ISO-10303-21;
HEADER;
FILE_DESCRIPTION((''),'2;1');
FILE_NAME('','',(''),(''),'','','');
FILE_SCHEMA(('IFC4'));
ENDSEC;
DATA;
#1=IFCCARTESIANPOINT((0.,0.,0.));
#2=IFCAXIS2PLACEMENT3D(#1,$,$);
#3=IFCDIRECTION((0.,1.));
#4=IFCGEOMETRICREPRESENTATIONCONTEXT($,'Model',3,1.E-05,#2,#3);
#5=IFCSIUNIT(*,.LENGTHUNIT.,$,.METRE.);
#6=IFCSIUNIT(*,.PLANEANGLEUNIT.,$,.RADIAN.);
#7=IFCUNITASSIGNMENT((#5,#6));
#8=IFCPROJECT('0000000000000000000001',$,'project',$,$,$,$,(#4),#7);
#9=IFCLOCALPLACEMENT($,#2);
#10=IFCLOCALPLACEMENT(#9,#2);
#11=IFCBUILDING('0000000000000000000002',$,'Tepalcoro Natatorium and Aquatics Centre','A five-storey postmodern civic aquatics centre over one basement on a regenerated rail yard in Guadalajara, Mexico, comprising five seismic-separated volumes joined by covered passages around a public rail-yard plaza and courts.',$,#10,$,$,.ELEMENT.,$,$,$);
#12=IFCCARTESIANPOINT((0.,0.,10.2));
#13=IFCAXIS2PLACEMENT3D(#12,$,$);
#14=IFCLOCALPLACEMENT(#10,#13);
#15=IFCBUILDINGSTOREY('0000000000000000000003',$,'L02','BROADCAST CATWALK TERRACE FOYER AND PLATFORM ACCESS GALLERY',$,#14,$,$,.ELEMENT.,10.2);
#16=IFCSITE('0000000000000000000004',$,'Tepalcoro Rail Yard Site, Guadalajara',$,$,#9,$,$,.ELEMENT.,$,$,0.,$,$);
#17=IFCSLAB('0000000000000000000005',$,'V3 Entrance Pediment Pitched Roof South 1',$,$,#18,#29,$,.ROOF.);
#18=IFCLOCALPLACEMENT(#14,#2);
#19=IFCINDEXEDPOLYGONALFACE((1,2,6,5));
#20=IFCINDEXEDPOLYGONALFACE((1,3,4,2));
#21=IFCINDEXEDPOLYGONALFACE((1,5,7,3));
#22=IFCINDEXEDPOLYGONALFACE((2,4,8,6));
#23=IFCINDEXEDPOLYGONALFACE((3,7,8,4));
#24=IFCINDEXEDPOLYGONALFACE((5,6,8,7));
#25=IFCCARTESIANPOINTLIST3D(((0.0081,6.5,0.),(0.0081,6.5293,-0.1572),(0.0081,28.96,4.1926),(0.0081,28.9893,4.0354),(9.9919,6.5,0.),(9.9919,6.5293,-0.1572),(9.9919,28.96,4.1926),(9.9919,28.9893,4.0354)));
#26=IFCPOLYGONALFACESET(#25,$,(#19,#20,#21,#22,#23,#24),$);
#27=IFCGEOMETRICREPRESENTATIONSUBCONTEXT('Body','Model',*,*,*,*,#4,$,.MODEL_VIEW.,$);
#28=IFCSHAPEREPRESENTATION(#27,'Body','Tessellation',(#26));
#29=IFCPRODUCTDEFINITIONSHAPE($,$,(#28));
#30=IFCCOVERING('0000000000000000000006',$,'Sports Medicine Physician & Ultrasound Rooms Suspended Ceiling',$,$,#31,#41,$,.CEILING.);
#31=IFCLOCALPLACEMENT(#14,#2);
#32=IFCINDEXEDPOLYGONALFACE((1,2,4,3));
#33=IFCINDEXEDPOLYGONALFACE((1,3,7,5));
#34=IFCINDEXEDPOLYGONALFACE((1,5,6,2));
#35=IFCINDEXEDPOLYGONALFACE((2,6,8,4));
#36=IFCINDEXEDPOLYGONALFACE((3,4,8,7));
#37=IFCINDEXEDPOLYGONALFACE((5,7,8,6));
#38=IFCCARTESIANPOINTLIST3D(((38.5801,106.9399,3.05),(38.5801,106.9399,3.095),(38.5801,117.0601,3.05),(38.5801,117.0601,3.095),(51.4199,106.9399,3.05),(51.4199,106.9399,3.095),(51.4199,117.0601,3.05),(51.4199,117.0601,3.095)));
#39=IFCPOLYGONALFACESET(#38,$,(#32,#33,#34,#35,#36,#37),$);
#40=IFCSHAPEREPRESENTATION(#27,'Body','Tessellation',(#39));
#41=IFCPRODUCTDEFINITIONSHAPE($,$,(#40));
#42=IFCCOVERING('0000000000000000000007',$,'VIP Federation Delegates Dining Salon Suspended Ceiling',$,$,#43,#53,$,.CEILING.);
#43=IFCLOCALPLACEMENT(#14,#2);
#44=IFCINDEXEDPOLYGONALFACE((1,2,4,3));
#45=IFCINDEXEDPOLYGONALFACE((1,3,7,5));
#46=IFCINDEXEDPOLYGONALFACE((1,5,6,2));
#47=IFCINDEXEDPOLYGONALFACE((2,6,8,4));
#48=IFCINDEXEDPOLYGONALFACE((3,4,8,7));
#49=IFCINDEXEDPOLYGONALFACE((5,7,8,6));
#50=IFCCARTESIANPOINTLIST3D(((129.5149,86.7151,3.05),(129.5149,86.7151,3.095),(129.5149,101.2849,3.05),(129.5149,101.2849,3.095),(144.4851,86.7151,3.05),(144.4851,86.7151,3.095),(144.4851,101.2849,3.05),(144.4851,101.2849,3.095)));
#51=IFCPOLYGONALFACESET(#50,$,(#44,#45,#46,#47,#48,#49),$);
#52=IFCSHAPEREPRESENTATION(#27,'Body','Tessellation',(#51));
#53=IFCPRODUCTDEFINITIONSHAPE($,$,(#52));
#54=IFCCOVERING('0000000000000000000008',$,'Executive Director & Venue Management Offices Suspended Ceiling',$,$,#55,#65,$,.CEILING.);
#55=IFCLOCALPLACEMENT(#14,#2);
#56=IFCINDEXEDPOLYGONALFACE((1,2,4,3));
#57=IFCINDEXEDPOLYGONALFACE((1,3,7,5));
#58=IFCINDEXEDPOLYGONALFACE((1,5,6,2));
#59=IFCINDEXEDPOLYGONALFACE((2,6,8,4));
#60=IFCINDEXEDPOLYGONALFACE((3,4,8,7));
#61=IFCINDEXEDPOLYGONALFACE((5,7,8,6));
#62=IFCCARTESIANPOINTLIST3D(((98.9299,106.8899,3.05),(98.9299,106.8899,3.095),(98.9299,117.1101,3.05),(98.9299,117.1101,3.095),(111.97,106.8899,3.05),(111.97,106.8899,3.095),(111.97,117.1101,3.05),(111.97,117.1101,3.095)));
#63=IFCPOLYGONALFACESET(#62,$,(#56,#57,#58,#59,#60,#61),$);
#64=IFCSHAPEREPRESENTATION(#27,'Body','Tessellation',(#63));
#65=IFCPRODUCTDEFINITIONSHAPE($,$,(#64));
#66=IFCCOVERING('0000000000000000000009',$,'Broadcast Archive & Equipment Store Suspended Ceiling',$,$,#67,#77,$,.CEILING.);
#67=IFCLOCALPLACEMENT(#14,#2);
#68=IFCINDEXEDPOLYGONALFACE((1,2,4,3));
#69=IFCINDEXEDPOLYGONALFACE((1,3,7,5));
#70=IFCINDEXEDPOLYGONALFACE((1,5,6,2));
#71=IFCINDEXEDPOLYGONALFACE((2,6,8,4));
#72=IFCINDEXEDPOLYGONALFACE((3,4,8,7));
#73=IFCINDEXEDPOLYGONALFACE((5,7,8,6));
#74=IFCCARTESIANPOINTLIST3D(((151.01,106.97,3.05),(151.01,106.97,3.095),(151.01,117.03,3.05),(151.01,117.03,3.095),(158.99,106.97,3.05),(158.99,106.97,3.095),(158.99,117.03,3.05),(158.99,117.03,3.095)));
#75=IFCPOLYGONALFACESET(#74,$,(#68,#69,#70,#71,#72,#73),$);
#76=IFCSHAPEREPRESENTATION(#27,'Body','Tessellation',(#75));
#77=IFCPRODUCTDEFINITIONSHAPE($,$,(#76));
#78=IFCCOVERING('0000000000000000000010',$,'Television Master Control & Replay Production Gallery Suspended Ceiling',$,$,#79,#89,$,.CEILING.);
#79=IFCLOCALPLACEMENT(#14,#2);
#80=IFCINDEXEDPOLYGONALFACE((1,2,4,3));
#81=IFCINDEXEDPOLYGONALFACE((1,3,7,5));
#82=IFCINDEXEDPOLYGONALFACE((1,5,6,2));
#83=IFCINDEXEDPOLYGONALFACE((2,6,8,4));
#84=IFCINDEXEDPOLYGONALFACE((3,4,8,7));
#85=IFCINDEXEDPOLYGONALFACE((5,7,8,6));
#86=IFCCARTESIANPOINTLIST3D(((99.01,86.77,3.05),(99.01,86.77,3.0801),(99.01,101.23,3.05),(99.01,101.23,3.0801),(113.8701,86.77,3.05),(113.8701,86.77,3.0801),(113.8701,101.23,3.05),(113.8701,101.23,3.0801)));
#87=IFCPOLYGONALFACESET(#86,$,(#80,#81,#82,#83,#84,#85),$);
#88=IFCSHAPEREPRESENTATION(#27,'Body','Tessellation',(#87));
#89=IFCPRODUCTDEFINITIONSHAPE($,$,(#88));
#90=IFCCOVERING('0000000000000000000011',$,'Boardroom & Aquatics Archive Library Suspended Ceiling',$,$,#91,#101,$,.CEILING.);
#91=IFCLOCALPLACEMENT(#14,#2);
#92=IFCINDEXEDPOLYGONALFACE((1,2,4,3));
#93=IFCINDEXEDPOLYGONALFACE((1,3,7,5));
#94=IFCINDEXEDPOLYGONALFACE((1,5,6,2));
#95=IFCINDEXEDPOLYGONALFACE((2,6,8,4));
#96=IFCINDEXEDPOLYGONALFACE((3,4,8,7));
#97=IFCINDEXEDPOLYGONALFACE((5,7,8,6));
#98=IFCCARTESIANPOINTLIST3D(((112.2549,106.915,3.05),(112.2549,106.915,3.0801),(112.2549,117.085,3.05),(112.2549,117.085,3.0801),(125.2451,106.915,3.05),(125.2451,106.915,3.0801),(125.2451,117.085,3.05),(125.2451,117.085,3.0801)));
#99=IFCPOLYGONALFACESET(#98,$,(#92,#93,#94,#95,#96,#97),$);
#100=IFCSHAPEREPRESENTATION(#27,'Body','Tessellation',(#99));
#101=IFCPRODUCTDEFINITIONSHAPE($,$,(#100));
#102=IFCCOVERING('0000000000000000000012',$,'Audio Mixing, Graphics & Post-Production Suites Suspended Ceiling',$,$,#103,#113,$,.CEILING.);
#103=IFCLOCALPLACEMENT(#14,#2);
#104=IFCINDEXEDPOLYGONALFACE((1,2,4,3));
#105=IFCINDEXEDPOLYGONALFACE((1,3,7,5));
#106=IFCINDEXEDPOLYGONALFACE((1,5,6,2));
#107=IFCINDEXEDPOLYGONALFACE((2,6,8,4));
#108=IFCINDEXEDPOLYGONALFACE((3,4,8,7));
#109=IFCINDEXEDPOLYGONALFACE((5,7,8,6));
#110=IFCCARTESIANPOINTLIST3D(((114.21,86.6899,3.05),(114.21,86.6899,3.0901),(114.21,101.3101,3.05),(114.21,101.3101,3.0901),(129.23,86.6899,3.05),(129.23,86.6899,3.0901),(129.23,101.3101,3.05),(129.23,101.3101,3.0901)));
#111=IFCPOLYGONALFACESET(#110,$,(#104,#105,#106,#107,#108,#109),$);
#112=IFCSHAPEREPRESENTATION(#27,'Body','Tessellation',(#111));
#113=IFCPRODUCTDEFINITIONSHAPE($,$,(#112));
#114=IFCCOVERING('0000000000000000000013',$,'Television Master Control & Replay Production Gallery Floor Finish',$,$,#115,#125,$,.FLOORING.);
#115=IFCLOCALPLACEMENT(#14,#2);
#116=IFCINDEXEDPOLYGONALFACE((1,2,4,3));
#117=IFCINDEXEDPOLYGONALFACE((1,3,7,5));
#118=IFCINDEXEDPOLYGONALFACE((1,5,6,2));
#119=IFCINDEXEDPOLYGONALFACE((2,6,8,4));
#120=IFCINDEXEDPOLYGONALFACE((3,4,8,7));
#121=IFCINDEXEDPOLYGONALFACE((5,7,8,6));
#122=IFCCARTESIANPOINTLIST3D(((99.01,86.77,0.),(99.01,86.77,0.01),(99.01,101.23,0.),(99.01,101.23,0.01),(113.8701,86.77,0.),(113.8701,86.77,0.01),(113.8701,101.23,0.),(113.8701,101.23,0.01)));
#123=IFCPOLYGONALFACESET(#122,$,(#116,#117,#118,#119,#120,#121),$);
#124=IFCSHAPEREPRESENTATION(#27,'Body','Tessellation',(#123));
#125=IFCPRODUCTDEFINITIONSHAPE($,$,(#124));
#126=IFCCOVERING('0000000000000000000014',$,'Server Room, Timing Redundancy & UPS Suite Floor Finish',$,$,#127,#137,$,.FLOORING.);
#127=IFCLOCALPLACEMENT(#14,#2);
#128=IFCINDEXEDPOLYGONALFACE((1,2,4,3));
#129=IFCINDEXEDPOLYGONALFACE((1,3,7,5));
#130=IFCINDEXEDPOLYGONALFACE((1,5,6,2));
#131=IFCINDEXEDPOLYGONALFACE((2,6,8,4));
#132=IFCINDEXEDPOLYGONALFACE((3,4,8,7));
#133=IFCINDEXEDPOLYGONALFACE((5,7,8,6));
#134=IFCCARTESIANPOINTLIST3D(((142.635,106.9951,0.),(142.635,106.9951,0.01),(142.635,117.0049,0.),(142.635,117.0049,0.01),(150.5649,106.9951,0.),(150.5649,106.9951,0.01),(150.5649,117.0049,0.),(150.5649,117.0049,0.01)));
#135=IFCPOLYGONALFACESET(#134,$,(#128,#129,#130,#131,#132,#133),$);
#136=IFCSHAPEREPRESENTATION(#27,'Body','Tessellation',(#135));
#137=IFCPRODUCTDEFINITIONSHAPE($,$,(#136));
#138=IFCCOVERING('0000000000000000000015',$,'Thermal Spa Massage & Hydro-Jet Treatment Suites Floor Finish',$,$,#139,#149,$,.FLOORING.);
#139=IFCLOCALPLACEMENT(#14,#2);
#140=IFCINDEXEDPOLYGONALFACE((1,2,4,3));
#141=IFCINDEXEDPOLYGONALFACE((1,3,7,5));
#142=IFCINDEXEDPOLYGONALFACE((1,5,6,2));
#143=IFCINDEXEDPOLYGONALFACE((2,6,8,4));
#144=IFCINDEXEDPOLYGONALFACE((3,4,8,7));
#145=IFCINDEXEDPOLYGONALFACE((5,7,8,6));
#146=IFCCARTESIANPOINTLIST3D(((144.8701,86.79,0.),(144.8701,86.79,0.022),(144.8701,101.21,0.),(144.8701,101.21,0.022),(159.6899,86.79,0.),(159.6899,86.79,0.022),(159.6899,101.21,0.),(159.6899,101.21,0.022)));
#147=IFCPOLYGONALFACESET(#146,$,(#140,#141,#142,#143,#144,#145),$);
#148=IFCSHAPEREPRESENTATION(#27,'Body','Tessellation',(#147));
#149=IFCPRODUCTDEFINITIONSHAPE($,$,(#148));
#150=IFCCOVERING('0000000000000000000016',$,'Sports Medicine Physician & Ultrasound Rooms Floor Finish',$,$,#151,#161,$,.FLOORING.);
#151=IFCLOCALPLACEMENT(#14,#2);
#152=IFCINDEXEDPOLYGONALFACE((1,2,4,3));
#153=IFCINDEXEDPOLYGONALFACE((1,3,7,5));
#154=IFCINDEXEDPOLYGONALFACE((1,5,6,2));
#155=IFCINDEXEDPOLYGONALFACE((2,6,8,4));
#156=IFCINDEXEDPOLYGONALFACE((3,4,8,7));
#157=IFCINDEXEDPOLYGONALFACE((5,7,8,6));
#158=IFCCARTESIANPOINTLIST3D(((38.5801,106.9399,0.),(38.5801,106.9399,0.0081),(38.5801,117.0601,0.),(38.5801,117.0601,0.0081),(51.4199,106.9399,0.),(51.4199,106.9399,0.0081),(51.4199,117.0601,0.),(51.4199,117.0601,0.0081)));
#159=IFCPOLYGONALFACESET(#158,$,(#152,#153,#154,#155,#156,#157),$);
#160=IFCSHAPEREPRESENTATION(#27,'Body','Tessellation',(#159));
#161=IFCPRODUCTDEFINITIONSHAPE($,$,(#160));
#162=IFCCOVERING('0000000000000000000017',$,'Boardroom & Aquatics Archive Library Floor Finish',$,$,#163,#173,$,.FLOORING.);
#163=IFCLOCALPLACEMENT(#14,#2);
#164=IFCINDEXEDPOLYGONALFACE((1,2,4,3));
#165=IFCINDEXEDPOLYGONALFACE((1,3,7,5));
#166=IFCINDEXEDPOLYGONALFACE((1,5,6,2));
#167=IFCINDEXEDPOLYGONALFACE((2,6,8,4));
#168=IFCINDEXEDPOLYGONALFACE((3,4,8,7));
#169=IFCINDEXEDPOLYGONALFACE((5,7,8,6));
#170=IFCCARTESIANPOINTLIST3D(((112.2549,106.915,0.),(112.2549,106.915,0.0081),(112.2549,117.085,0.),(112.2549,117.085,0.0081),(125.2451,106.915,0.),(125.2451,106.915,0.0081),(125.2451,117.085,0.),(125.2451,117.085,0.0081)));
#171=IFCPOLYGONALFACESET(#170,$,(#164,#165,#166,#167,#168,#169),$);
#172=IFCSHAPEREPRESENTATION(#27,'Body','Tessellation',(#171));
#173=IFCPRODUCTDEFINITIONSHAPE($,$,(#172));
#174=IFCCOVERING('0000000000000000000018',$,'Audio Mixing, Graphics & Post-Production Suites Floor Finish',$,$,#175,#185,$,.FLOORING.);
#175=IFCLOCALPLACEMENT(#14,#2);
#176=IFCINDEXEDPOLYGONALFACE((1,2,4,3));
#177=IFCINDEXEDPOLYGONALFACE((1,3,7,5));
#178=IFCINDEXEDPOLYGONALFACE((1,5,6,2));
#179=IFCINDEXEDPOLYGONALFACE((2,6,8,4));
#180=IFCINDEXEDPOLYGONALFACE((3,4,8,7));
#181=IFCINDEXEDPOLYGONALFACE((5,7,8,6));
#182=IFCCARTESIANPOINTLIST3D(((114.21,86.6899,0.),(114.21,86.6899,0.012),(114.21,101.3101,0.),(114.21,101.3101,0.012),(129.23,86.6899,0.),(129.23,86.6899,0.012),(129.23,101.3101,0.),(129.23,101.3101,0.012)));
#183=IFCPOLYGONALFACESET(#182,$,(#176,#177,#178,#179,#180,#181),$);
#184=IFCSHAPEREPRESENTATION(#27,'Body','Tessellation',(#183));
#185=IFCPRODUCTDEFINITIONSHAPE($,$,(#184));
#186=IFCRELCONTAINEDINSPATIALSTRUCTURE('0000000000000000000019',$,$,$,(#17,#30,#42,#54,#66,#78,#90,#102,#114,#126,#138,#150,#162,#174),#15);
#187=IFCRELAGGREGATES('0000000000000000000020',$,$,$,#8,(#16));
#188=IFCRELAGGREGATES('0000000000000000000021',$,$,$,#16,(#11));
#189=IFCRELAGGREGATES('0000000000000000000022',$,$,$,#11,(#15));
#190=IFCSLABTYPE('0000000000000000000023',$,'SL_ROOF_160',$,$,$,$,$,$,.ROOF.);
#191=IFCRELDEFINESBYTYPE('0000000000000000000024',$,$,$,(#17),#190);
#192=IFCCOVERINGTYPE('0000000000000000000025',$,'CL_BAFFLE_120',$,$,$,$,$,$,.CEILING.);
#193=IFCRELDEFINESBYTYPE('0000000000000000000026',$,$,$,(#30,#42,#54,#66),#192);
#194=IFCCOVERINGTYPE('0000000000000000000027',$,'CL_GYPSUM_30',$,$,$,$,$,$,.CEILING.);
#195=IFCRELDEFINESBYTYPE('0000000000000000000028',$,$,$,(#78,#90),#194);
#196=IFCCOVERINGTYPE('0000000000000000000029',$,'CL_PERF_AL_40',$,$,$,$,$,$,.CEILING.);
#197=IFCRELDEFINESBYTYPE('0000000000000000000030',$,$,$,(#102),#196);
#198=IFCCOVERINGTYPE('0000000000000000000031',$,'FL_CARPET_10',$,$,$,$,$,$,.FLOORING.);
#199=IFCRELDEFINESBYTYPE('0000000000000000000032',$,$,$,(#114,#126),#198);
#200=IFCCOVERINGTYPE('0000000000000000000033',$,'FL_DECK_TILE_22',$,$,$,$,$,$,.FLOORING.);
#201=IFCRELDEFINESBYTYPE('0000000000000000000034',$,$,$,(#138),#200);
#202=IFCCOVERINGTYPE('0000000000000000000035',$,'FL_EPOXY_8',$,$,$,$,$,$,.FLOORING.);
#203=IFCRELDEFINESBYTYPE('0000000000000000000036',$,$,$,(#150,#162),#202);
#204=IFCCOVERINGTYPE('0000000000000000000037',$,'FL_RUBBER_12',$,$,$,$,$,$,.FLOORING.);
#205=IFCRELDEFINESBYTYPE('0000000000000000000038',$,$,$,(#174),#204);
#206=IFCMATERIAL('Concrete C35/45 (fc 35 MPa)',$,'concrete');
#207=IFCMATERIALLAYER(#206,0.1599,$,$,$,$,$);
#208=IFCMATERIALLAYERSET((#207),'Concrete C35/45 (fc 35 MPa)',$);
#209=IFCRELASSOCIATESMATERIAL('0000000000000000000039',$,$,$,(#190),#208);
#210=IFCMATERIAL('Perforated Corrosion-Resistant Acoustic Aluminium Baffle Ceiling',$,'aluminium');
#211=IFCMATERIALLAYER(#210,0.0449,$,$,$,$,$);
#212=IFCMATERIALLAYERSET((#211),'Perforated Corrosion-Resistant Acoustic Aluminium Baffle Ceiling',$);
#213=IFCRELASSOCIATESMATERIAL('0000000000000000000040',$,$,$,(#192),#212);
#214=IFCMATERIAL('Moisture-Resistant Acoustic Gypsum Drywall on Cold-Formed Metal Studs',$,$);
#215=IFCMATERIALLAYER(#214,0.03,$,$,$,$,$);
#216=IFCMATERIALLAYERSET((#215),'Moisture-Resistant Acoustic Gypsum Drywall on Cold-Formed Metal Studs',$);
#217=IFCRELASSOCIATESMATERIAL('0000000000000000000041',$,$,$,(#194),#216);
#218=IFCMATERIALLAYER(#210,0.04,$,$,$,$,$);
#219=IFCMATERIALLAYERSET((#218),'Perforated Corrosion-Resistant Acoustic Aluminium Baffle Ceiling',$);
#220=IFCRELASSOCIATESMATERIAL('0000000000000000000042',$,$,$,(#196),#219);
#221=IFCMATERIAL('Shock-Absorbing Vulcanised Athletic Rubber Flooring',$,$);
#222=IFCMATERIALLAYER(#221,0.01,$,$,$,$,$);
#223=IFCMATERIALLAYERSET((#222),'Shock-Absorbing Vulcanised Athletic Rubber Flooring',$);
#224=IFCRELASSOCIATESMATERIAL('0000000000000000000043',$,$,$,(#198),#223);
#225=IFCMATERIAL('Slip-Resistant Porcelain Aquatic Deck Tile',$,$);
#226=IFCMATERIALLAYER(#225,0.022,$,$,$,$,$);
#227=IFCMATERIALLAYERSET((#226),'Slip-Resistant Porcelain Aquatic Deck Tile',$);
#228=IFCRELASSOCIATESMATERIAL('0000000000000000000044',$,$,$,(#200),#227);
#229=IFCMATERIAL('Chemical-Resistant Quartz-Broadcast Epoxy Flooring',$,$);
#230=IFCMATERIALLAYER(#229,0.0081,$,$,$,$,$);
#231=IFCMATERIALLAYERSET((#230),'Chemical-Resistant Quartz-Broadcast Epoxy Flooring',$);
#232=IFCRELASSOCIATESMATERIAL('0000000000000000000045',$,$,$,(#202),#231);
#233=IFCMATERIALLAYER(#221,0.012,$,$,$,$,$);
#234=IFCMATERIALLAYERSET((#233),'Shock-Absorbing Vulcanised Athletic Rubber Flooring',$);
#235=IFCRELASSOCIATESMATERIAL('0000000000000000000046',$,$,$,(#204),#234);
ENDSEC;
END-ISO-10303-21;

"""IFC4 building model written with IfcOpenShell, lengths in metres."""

from ifc_helpers import new_model, si_unit, direction, frame, origin, place, context, subcontext, project, spatial, polyline, outline, extrude, material, layer, layer_set, type_object, element, save


model = new_model("IFC4")

# Units and contexts
model_context = context("Model", 3, precision=1e-05, world=origin(), true_north=direction((0.0, 1.0)))
body_context = subcontext(model_context, "Body", "Model", "MODEL_VIEW")
ifc_project = project(units=[si_unit("LENGTHUNIT", "METRE"), si_unit("PLANEANGLEUNIT", "RADIAN")], contexts=[model_context])

# Site, building, storey
site_placement = place(None, origin())
site = spatial("IfcSite", under=ifc_project, at=site_placement, Name="Tepalcoro Rail Yard Site, Guadalajara", CompositionType="ELEMENT", RefElevation=0.0)
building_placement = place(site_placement, origin())
building = spatial("IfcBuilding", under=site, at=building_placement, Name="Tepalcoro Natatorium and Aquatics Centre", Description="A five-storey postmodern civic aquatics centre over one basement on a regenerated rail yard in Guadalajara, Mexico, comprising five seismic-separated volumes joined by covered passages around a public rail-yard plaza and courts.", CompositionType="ELEMENT")
storey_placement = place(building_placement, frame((0.0, 0.0, 10.2)))
storey = spatial("IfcBuildingStorey", under=building, at=storey_placement, Name="L02", Description="BROADCAST CATWALK TERRACE FOYER AND PLATFORM ACCESS GALLERY", CompositionType="ELEMENT", Elevation=10.2)

# Shared definitions
ifc_material_1 = material(Name="Concrete C35/45 (fc 35 MPa)", Category="concrete")

# Slab
ifc_layer_1 = layer(ifc_material_1, 0.1599)
ifc_layer_set_1 = layer_set([ifc_layer_1], Name="Concrete C35/45 (fc 35 MPa)")
slab_type_1 = type_object("IfcSlabType", Name="SL_ROOF_160", PredefinedType="ROOF", material=ifc_layer_set_1)
slab_1_placement = place(storey_placement, frame((0.0081, 6.5, 0.0), z_axis=(0.0, -0.183501, 0.983019), x_axis=(1.0, 0.0, 0.0)))
element("IfcSlab", 1, at=slab_1_placement, inside=storey, type_object=slab_type_1, Name="V3 Entrance Pediment Pitched Roof South 1", PredefinedType="ROOF", context=body_context, shape_type="SweptSolid", body=[
    extrude(outline(polyline([(0.0, 0.0), (9.9839, 0.0), (9.9839, 22.8479), (0.0, 22.8479), (0.0, 0.0)])), origin(), (0.0, 0.0, -1.0), 0.1599),
])

# Coverings
ifc_material_2 = material(Name="Perforated Corrosion-Resistant Acoustic Aluminium Baffle Ceiling", Category="aluminium")
ifc_layer_2 = layer(ifc_material_2, 0.0449)
ifc_layer_set_2 = layer_set([ifc_layer_2], Name="Perforated Corrosion-Resistant Acoustic Aluminium Baffle Ceiling")
covering_type_1 = type_object("IfcCoveringType", Name="CL_BAFFLE_120", PredefinedType="CEILING", material=ifc_layer_set_2)
covering_1_placement = place(storey_placement, frame((0.0, 0.0, 3.05)))
element("IfcCovering", 2, at=covering_1_placement, inside=storey, type_object=covering_type_1, Name="Sports Medicine Physician & Ultrasound Rooms Suspended Ceiling", PredefinedType="CEILING", context=body_context, shape_type="SweptSolid", body=[
    extrude(outline(polyline([(38.5801, 106.9399), (38.5801, 117.0601), (51.4199, 117.0601), (51.4199, 106.9399), (38.5801, 106.9399)])), origin(), (0.0, 0.0, 1.0), 0.0449),
])
covering_2_placement = place(storey_placement, frame((0.0, 0.0, 3.05)))
element("IfcCovering", 3, at=covering_2_placement, inside=storey, type_object=covering_type_1, Name="VIP Federation Delegates Dining Salon Suspended Ceiling", PredefinedType="CEILING", context=body_context, shape_type="SweptSolid", body=[
    extrude(outline(polyline([(129.5149, 86.7151), (129.5149, 101.2849), (144.4851, 101.2849), (144.4851, 86.7151), (129.5149, 86.7151)])), origin(), (0.0, 0.0, 1.0), 0.0449),
])
covering_3_placement = place(storey_placement, frame((0.0, 0.0, 3.05)))
element("IfcCovering", 4, at=covering_3_placement, inside=storey, type_object=covering_type_1, Name="Executive Director & Venue Management Offices Suspended Ceiling", PredefinedType="CEILING", context=body_context, shape_type="SweptSolid", body=[
    extrude(outline(polyline([(98.9299, 106.8899), (98.9299, 117.1101), (111.97, 117.1101), (111.97, 106.8899), (98.9299, 106.8899)])), origin(), (0.0, 0.0, 1.0), 0.0449),
])
covering_4_placement = place(storey_placement, frame((0.0, 0.0, 3.05)))
element("IfcCovering", 5, at=covering_4_placement, inside=storey, type_object=covering_type_1, Name="Broadcast Archive & Equipment Store Suspended Ceiling", PredefinedType="CEILING", context=body_context, shape_type="SweptSolid", body=[
    extrude(outline(polyline([(151.01, 106.97), (151.01, 117.03), (158.99, 117.03), (158.99, 106.97), (151.01, 106.97)])), origin(), (0.0, 0.0, 1.0), 0.0449),
])
ifc_material_3 = material(Name="Moisture-Resistant Acoustic Gypsum Drywall on Cold-Formed Metal Studs")
ifc_layer_3 = layer(ifc_material_3, 0.03)
ifc_layer_set_3 = layer_set([ifc_layer_3], Name="Moisture-Resistant Acoustic Gypsum Drywall on Cold-Formed Metal Studs")
covering_type_2 = type_object("IfcCoveringType", Name="CL_GYPSUM_30", PredefinedType="CEILING", material=ifc_layer_set_3)
covering_5_placement = place(storey_placement, frame((0.0, 0.0, 3.05)))
element("IfcCovering", 6, at=covering_5_placement, inside=storey, type_object=covering_type_2, Name="Television Master Control & Replay Production Gallery Suspended Ceiling", PredefinedType="CEILING", context=body_context, shape_type="SweptSolid", body=[
    extrude(outline(polyline([(99.01, 86.77), (99.01, 101.23), (113.8701, 101.23), (113.8701, 86.77), (99.01, 86.77)])), origin(), (0.0, 0.0, 1.0), 0.03),
])
covering_6_placement = place(storey_placement, frame((0.0, 0.0, 3.05)))
element("IfcCovering", 7, at=covering_6_placement, inside=storey, type_object=covering_type_2, Name="Boardroom & Aquatics Archive Library Suspended Ceiling", PredefinedType="CEILING", context=body_context, shape_type="SweptSolid", body=[
    extrude(outline(polyline([(112.2549, 106.915), (112.2549, 117.085), (125.2451, 117.085), (125.2451, 106.915), (112.2549, 106.915)])), origin(), (0.0, 0.0, 1.0), 0.03),
])
ifc_layer_4 = layer(ifc_material_2, 0.04)
ifc_layer_set_4 = layer_set([ifc_layer_4], Name="Perforated Corrosion-Resistant Acoustic Aluminium Baffle Ceiling")
covering_type_3 = type_object("IfcCoveringType", Name="CL_PERF_AL_40", PredefinedType="CEILING", material=ifc_layer_set_4)
covering_7_placement = place(storey_placement, frame((0.0, 0.0, 3.05)))
element("IfcCovering", 8, at=covering_7_placement, inside=storey, type_object=covering_type_3, Name="Audio Mixing, Graphics & Post-Production Suites Suspended Ceiling", PredefinedType="CEILING", context=body_context, shape_type="SweptSolid", body=[
    extrude(outline(polyline([(114.21, 86.6899), (114.21, 101.3101), (129.23, 101.3101), (129.23, 86.6899), (114.21, 86.6899)])), origin(), (0.0, 0.0, 1.0), 0.04),
])
ifc_material_4 = material(Name="Shock-Absorbing Vulcanised Athletic Rubber Flooring")
ifc_layer_5 = layer(ifc_material_4, 0.01)
ifc_layer_set_5 = layer_set([ifc_layer_5], Name="Shock-Absorbing Vulcanised Athletic Rubber Flooring")
covering_type_4 = type_object("IfcCoveringType", Name="FL_CARPET_10", PredefinedType="FLOORING", material=ifc_layer_set_5)
covering_8_placement = place(storey_placement, origin())
element("IfcCovering", 9, at=covering_8_placement, inside=storey, type_object=covering_type_4, Name="Television Master Control & Replay Production Gallery Floor Finish", PredefinedType="FLOORING", context=body_context, shape_type="SweptSolid", body=[
    extrude(outline(polyline([(99.01, 86.77), (99.01, 101.23), (113.8701, 101.23), (113.8701, 86.77), (99.01, 86.77)])), origin(), (0.0, 0.0, 1.0), 0.01),
])
covering_9_placement = place(storey_placement, origin())
element("IfcCovering", 10, at=covering_9_placement, inside=storey, type_object=covering_type_4, Name="Server Room, Timing Redundancy & UPS Suite Floor Finish", PredefinedType="FLOORING", context=body_context, shape_type="SweptSolid", body=[
    extrude(outline(polyline([(142.635, 106.9951), (142.635, 117.0049), (150.5649, 117.0049), (150.5649, 106.9951), (142.635, 106.9951)])), origin(), (0.0, 0.0, 1.0), 0.01),
])
ifc_material_5 = material(Name="Slip-Resistant Porcelain Aquatic Deck Tile")
ifc_layer_6 = layer(ifc_material_5, 0.022)
ifc_layer_set_6 = layer_set([ifc_layer_6], Name="Slip-Resistant Porcelain Aquatic Deck Tile")
covering_type_5 = type_object("IfcCoveringType", Name="FL_DECK_TILE_22", PredefinedType="FLOORING", material=ifc_layer_set_6)
covering_10_placement = place(storey_placement, origin())
element("IfcCovering", 11, at=covering_10_placement, inside=storey, type_object=covering_type_5, Name="Thermal Spa Massage & Hydro-Jet Treatment Suites Floor Finish", PredefinedType="FLOORING", context=body_context, shape_type="SweptSolid", body=[
    extrude(outline(polyline([(144.8701, 86.79), (144.8701, 101.21), (159.6899, 101.21), (159.6899, 86.79), (144.8701, 86.79)])), origin(), (0.0, 0.0, 1.0), 0.022),
])
ifc_material_6 = material(Name="Chemical-Resistant Quartz-Broadcast Epoxy Flooring")
ifc_layer_7 = layer(ifc_material_6, 0.0081)
ifc_layer_set_7 = layer_set([ifc_layer_7], Name="Chemical-Resistant Quartz-Broadcast Epoxy Flooring")
covering_type_6 = type_object("IfcCoveringType", Name="FL_EPOXY_8", PredefinedType="FLOORING", material=ifc_layer_set_7)
covering_11_placement = place(storey_placement, origin())
element("IfcCovering", 12, at=covering_11_placement, inside=storey, type_object=covering_type_6, Name="Sports Medicine Physician & Ultrasound Rooms Floor Finish", PredefinedType="FLOORING", context=body_context, shape_type="SweptSolid", body=[
    extrude(outline(polyline([(38.5801, 106.9399), (38.5801, 117.0601), (51.4199, 117.0601), (51.4199, 106.9399), (38.5801, 106.9399)])), origin(), (0.0, 0.0, 1.0), 0.0081),
])
covering_12_placement = place(storey_placement, origin())
element("IfcCovering", 13, at=covering_12_placement, inside=storey, type_object=covering_type_6, Name="Boardroom & Aquatics Archive Library Floor Finish", PredefinedType="FLOORING", context=body_context, shape_type="SweptSolid", body=[
    extrude(outline(polyline([(112.2549, 106.915), (112.2549, 117.085), (125.2451, 117.085), (125.2451, 106.915), (112.2549, 106.915)])), origin(), (0.0, 0.0, 1.0), 0.0081),
])
ifc_layer_8 = layer(ifc_material_4, 0.012)
ifc_layer_set_8 = layer_set([ifc_layer_8], Name="Shock-Absorbing Vulcanised Athletic Rubber Flooring")
covering_type_7 = type_object("IfcCoveringType", Name="FL_RUBBER_12", PredefinedType="FLOORING", material=ifc_layer_set_8)
covering_13_placement = place(storey_placement, origin())
element("IfcCovering", 14, at=covering_13_placement, inside=storey, type_object=covering_type_7, Name="Audio Mixing, Graphics & Post-Production Suites Floor Finish", PredefinedType="FLOORING", context=body_context, shape_type="SweptSolid", body=[
    extrude(outline(polyline([(114.21, 86.6899), (114.21, 101.3101), (129.23, 101.3101), (129.23, 86.6899), (114.21, 86.6899)])), origin(), (0.0, 0.0, 1.0), 0.012),
])

save(model, "model.ifc")
